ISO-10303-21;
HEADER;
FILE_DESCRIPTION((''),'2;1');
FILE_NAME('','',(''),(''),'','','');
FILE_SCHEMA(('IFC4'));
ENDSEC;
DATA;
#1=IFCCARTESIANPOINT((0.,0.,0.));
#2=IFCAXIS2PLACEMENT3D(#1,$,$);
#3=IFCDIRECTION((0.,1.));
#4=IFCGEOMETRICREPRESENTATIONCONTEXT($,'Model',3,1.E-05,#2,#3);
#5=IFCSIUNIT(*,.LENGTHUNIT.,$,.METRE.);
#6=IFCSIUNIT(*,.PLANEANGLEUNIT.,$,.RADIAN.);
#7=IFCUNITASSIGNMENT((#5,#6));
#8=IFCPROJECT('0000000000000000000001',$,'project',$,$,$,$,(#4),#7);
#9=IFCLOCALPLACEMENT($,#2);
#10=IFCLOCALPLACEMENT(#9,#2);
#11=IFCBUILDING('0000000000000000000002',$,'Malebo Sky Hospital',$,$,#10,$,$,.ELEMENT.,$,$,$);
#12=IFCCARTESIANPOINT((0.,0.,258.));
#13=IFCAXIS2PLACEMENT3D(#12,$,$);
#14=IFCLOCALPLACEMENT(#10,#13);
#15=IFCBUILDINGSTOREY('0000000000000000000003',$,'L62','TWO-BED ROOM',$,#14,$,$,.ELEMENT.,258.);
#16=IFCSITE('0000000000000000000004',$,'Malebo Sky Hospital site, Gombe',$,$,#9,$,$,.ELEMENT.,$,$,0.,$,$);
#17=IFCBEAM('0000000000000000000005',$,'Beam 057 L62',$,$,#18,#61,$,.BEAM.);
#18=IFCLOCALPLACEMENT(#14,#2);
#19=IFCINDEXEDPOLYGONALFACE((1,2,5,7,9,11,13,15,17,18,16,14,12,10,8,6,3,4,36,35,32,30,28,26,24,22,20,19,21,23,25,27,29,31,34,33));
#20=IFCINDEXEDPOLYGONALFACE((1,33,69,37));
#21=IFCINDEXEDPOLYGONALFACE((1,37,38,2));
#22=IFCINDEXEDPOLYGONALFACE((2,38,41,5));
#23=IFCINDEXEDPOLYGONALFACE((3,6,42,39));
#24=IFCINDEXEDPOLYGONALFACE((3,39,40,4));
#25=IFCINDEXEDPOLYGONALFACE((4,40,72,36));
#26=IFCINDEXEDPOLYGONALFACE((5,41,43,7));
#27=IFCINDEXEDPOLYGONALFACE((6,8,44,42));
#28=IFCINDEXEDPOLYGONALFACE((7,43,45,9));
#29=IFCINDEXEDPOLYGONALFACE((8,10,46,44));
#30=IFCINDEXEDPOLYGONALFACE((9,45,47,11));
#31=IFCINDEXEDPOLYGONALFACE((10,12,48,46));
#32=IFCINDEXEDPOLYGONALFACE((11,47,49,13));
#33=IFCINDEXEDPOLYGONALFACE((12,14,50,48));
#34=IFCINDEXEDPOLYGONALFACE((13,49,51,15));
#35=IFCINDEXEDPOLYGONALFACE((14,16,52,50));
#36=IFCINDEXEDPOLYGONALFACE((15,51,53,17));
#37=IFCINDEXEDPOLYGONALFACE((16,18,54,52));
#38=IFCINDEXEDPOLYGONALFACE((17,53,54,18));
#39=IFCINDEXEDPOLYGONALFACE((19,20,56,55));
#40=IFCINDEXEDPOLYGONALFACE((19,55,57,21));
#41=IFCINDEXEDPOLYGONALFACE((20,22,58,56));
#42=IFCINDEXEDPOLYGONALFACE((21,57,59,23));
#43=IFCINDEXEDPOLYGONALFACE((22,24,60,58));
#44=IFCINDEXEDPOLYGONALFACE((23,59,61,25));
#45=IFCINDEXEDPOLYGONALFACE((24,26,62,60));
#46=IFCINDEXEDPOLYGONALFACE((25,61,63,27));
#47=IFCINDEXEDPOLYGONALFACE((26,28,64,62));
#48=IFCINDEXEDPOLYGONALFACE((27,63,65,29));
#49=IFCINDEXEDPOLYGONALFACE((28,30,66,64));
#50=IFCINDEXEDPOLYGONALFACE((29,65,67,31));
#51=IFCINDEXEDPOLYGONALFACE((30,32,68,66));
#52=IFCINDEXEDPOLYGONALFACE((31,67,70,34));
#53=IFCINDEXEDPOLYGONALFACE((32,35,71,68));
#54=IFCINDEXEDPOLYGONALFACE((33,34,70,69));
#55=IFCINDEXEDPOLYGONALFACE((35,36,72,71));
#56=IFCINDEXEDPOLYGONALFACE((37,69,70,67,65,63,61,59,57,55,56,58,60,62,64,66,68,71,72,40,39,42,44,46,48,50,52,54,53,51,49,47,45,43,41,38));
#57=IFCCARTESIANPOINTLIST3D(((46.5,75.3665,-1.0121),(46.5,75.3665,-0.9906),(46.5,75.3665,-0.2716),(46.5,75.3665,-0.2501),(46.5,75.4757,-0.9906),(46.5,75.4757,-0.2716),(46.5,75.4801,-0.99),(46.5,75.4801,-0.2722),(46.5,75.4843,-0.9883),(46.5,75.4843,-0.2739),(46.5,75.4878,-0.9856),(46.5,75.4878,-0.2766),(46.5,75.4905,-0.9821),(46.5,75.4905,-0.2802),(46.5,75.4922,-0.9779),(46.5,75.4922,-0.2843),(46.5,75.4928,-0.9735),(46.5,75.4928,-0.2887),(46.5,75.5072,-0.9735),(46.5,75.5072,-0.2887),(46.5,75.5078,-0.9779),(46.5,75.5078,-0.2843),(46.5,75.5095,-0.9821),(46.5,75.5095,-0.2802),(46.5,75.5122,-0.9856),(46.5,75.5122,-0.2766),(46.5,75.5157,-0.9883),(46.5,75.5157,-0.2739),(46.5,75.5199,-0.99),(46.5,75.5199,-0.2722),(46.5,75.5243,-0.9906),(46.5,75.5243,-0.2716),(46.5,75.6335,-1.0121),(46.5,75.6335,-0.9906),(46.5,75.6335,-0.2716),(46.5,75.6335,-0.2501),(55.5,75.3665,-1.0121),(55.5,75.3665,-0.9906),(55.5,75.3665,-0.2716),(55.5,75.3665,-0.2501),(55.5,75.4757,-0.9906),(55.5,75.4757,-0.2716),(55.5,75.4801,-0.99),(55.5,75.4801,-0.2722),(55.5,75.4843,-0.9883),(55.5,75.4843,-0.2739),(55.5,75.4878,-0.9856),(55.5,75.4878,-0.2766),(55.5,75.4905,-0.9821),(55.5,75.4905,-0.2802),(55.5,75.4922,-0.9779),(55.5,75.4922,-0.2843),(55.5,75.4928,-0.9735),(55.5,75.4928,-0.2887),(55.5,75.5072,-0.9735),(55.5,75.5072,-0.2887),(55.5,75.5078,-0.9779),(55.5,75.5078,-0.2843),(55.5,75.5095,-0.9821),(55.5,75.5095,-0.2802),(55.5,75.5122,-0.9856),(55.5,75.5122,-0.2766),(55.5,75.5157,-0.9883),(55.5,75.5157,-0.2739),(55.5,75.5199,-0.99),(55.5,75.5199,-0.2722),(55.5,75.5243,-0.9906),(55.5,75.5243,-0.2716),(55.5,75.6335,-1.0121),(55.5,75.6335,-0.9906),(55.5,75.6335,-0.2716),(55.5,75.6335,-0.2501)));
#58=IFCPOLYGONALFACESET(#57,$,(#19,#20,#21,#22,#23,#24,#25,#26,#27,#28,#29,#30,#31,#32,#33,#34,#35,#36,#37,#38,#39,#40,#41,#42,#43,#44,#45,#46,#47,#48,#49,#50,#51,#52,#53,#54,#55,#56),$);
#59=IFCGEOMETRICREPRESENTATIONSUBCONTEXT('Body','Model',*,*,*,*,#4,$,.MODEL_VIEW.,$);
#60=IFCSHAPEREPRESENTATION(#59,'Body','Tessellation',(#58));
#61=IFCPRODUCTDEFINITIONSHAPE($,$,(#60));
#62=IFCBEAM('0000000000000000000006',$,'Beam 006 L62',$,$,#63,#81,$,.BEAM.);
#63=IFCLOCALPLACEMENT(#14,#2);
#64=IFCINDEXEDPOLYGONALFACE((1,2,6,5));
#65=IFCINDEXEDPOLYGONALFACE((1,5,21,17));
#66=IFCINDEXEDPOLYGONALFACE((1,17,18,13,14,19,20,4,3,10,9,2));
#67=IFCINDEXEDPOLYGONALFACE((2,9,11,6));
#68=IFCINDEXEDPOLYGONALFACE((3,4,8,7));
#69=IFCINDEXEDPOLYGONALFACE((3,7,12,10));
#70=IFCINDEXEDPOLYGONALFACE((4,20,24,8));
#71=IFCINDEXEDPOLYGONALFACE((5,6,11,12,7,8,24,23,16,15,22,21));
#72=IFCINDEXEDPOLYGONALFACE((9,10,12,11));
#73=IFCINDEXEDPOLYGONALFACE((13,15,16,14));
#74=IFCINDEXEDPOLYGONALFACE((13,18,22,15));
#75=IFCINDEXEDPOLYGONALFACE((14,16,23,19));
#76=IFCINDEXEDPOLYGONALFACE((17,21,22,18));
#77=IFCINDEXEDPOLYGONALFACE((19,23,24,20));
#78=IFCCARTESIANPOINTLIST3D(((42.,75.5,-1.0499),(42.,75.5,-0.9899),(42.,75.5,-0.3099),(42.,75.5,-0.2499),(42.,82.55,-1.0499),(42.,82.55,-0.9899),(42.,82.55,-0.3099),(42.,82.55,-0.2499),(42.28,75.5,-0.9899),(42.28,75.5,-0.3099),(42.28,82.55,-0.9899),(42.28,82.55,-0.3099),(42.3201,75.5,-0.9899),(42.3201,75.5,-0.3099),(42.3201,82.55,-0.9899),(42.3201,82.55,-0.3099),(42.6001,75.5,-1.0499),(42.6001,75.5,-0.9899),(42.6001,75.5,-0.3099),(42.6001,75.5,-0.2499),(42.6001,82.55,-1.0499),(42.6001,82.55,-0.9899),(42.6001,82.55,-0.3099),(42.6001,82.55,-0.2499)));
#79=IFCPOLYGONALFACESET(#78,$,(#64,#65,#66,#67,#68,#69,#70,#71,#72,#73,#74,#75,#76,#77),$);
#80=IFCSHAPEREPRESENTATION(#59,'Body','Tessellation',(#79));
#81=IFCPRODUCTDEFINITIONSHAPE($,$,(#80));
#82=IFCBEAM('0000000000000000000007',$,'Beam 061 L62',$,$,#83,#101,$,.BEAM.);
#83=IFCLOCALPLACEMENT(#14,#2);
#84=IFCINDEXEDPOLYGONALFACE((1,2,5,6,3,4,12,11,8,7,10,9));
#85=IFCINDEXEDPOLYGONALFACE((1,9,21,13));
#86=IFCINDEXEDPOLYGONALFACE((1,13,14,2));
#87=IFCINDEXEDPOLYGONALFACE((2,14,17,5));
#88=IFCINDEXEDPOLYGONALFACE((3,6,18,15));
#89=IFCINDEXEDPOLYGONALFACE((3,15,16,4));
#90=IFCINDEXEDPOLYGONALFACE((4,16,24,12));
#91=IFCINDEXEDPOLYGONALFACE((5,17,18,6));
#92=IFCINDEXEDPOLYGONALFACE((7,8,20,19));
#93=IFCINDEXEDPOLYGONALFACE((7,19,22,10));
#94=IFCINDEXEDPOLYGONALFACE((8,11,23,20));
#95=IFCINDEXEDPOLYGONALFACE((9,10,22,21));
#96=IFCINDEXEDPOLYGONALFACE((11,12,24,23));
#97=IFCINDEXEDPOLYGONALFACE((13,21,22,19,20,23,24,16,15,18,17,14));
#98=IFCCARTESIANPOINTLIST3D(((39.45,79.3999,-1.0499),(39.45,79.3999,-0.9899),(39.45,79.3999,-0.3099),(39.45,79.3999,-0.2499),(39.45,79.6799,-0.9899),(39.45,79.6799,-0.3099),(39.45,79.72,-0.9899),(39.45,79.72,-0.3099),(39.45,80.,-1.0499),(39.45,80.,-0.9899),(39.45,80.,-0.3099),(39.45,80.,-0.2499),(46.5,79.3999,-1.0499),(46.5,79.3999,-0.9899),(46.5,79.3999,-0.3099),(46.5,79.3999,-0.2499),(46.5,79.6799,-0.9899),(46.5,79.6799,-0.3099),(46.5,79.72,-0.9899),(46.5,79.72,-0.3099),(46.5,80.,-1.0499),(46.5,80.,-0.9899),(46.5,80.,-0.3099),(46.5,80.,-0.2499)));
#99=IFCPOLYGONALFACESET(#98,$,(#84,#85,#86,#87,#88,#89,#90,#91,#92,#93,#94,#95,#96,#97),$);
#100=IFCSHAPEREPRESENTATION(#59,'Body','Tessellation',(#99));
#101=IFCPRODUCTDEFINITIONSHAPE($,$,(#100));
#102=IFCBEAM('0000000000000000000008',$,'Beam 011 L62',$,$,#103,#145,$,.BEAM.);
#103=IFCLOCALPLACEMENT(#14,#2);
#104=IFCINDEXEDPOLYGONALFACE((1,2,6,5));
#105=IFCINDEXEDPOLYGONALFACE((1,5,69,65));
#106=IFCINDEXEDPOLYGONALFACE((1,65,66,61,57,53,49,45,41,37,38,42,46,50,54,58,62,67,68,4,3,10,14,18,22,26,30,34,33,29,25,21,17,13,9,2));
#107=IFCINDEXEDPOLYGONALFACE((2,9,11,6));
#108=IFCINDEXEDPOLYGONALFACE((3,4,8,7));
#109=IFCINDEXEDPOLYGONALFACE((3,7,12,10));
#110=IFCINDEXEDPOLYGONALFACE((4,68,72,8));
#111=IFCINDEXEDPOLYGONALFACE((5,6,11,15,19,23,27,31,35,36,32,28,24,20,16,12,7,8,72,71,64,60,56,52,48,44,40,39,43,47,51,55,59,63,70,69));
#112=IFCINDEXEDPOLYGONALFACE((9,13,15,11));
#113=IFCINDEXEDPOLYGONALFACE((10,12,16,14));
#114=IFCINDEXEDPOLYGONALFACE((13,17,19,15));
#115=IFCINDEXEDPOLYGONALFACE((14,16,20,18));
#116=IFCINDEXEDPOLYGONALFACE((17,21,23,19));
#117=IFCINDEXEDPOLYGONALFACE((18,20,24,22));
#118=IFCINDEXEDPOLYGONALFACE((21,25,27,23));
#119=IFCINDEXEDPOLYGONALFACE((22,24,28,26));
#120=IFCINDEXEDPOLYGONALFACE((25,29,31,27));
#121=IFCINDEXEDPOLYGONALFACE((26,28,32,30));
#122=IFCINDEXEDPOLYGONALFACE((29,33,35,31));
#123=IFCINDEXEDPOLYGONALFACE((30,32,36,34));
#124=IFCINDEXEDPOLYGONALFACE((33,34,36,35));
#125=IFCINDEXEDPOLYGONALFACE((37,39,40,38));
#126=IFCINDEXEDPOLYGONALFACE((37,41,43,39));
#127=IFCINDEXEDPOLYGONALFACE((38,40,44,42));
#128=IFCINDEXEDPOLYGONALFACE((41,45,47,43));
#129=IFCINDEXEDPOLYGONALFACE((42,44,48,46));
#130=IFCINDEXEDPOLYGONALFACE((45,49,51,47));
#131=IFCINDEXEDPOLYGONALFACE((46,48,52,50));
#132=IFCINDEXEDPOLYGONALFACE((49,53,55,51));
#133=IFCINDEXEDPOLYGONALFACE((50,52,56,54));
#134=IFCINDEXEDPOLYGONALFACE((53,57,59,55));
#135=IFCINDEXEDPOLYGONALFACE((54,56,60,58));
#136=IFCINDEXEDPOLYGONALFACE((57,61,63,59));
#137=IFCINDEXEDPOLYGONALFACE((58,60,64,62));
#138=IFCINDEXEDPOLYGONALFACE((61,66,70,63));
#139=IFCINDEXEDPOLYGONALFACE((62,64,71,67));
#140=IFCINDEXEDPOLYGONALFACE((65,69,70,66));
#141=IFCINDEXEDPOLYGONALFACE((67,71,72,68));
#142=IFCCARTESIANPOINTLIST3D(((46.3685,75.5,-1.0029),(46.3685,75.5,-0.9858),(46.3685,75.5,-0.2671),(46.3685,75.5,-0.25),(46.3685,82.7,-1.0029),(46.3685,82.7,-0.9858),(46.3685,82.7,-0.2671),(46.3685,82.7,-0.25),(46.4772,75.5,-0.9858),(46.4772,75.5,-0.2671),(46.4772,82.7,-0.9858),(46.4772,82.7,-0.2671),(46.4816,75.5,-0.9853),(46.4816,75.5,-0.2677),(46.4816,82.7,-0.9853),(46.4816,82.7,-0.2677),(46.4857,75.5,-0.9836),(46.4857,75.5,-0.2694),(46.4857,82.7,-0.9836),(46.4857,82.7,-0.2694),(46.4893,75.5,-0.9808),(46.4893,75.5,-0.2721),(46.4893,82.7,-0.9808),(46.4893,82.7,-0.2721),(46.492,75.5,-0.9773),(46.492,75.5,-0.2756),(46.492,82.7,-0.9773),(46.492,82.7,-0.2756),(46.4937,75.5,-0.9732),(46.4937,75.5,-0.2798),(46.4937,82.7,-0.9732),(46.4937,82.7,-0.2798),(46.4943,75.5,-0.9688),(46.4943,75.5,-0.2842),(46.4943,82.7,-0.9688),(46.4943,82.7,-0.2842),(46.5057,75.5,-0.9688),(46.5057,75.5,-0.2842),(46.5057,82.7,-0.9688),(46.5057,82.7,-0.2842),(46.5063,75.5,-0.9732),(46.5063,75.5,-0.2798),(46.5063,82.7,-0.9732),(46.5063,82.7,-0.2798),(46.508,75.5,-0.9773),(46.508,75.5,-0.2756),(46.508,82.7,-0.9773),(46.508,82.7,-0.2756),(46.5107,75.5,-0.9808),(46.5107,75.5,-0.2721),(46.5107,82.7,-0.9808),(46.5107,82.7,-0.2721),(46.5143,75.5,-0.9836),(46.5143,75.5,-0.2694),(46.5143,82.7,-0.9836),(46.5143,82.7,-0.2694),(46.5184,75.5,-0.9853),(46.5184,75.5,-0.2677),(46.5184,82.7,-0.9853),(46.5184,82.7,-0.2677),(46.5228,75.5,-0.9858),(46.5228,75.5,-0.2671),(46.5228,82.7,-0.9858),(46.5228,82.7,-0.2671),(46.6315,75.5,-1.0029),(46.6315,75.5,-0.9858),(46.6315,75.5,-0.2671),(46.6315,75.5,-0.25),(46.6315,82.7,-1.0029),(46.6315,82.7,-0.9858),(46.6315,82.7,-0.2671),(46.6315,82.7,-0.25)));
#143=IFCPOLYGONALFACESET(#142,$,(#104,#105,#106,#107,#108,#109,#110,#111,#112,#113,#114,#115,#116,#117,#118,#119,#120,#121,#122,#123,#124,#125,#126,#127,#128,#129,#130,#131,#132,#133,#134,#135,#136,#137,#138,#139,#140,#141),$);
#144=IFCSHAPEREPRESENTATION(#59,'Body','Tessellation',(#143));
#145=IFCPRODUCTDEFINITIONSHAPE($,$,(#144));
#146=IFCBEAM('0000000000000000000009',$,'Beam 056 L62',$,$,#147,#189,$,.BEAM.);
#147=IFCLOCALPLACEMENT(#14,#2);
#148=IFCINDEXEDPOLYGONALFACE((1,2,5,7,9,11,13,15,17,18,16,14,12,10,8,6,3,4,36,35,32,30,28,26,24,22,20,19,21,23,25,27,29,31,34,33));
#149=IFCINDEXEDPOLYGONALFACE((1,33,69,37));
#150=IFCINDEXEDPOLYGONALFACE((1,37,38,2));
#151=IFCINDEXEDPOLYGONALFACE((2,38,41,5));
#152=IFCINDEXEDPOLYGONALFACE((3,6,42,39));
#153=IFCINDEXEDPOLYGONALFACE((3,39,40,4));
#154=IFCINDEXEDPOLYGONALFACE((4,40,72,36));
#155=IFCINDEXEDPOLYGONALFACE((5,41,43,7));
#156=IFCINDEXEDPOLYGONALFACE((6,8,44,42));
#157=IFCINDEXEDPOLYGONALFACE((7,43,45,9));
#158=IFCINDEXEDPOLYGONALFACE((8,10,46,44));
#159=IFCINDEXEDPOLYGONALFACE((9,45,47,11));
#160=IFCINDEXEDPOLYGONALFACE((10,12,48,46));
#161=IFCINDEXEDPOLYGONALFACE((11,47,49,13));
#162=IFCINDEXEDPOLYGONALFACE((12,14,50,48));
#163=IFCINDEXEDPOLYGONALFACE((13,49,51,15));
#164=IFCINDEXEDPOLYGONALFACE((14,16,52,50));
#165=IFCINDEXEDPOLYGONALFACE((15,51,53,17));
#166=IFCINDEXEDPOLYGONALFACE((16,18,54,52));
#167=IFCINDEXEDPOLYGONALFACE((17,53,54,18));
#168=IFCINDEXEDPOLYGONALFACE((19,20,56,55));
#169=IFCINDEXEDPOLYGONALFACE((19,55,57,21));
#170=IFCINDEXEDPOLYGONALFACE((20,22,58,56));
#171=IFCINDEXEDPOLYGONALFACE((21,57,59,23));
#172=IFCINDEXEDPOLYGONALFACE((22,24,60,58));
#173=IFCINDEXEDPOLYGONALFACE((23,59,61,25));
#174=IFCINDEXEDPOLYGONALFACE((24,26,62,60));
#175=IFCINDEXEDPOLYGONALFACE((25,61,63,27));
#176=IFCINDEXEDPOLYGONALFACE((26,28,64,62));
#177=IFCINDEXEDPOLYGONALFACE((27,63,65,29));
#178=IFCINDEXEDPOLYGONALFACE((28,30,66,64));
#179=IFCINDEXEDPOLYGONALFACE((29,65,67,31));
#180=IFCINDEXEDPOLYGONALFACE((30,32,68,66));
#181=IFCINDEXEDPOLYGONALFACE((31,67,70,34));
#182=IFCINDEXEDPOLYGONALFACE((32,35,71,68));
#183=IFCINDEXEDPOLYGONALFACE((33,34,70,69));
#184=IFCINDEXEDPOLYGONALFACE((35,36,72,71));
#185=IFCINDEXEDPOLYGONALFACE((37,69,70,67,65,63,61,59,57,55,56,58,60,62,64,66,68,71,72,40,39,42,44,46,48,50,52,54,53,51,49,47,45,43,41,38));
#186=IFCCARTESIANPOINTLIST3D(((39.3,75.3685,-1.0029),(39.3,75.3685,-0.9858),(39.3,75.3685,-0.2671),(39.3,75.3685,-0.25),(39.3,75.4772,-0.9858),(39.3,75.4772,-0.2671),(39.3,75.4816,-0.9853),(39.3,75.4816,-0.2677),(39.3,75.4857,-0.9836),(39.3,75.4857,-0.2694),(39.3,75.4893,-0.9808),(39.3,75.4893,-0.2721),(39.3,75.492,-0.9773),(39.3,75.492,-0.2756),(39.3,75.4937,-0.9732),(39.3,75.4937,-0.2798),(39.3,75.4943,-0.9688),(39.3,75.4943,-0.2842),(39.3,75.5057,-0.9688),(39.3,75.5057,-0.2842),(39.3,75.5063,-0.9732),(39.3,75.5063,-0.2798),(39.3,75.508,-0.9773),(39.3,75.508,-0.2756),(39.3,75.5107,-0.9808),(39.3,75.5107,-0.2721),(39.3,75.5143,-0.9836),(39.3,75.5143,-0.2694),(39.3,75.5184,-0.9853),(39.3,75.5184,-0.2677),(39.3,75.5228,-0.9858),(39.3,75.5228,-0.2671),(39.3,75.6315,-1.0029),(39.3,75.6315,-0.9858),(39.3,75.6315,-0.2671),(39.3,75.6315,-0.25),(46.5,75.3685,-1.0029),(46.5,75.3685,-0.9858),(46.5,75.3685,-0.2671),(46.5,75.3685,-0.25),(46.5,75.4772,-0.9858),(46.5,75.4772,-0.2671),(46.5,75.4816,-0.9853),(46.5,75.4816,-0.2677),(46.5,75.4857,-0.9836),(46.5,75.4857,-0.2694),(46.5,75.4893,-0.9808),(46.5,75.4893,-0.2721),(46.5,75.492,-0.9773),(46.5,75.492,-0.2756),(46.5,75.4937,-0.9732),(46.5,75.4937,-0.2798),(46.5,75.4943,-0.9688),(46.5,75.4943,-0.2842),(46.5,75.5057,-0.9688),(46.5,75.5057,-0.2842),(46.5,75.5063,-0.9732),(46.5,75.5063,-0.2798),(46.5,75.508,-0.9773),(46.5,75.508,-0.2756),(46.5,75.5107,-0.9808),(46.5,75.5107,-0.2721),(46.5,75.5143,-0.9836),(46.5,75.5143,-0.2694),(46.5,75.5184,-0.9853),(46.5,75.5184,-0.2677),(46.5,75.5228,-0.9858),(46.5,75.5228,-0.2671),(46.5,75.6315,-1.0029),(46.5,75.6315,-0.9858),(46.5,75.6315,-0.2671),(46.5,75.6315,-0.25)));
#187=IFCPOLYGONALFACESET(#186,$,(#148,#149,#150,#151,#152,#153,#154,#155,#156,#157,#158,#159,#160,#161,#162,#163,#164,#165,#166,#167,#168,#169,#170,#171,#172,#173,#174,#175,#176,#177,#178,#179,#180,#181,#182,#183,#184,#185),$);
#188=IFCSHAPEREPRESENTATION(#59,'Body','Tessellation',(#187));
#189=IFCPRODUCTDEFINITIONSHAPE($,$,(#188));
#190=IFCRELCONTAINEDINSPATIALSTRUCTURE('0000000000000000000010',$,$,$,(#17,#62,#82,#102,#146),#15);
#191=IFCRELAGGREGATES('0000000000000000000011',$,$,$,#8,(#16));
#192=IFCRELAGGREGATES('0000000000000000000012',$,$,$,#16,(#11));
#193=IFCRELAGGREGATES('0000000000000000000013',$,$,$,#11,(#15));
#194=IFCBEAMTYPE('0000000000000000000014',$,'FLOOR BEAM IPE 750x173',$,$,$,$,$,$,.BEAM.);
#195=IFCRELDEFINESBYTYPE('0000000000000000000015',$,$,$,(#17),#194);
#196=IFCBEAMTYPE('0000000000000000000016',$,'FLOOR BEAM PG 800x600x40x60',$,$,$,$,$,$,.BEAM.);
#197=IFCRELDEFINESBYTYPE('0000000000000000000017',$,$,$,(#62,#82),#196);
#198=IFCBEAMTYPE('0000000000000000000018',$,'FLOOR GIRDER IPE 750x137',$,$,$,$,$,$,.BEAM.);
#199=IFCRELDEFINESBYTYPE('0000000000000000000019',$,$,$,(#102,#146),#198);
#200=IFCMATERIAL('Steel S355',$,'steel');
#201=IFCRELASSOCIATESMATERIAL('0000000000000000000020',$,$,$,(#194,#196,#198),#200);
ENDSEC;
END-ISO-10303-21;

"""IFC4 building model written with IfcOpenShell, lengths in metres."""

from ifc_helpers import new_model, si_unit, direction, frame, origin, origin_2d, place, context, subcontext, project, spatial, i_section, extrude, material, material_profile, profile_set, type_object, element, save


model = new_model("IFC4")

# Units and contexts
model_context = context("Model", 3, precision=1e-05, world=origin(), true_north=direction((0.0, 1.0)))
body_context = subcontext(model_context, "Body", "Model", "MODEL_VIEW")
ifc_project = project(units=[si_unit("LENGTHUNIT", "METRE"), si_unit("PLANEANGLEUNIT", "RADIAN")], contexts=[model_context])

# Site, building, storey
site_placement = place(None, origin())
site = spatial("IfcSite", under=ifc_project, at=site_placement, Name="Malebo Sky Hospital site, Gombe", CompositionType="ELEMENT", RefElevation=0.0)
building_placement = place(site_placement, origin())
building = spatial("IfcBuilding", under=site, at=building_placement, Name="Malebo Sky Hospital", CompositionType="ELEMENT")
storey_placement = place(building_placement, frame((0.0, 0.0, 258.0)))
storey = spatial("IfcBuildingStorey", under=building, at=storey_placement, Name="L62", Description="TWO-BED ROOM", CompositionType="ELEMENT", Elevation=258.0)

# Beams
ifc_material_1 = material(Name="Steel S355", Category="steel")
ifc_material_profile_1 = material_profile(ifc_material_1, i_section(OverallWidth=0.2671, OverallDepth=0.762, WebThickness=0.0144, FlangeThickness=0.0215, FilletRadius=0.0171, at=origin_2d()), Name="IPE 750x173")
ifc_profile_set_1 = profile_set([ifc_material_profile_1], Name="Steel S355")
beam_type_1 = type_object("IfcBeamType", Name="FLOOR BEAM IPE 750x173", PredefinedType="BEAM", material=ifc_profile_set_1)
beam_1_placement = place(storey_placement, frame((46.5, 75.5, -0.6311), z_axis=(1.0, 0.0, 0.0), x_axis=(0.0, 1.0, 0.0)))
element("IfcBeam", 1, at=beam_1_placement, inside=storey, type_object=beam_type_1, Name="Beam 057 L62", PredefinedType="BEAM", context=body_context, shape_type="SweptSolid", body=[
    extrude(i_section(OverallWidth=0.2671, OverallDepth=0.762, WebThickness=0.0144, FlangeThickness=0.0215, FilletRadius=0.0171, at=origin_2d()), origin(), (0.0, 0.0, 1.0), 9.0),
])
ifc_material_profile_2 = material_profile(ifc_material_1, i_section(OverallWidth=0.6001, OverallDepth=0.8, WebThickness=0.04, FlangeThickness=0.0601, at=origin_2d()), Name="PG 800x600x40x60")
ifc_profile_set_2 = profile_set([ifc_material_profile_2], Name="Steel S355")
beam_type_2 = type_object("IfcBeamType", Name="FLOOR BEAM PG 800x600x40x60", PredefinedType="BEAM", material=ifc_profile_set_2)
for number, where, z_axis, x_axis, name in (
    (2, (42.3, 75.5, -0.6499), (0.0, 1.0, 0.0), (-1.0, 0.0, 0.0), "Beam 006 L62"),
    (3, (39.45, 79.7, -0.6499), (1.0, 0.0, 0.0), (0.0, 1.0, 0.0), "Beam 061 L62"),
):
    element("IfcBeam", number, at=place(storey_placement, frame(where, z_axis=z_axis, x_axis=x_axis)), inside=storey, type_object=beam_type_2, Name=name, PredefinedType="BEAM", context=body_context, shape_type="SweptSolid", body=[
        extrude(i_section(OverallWidth=0.6001, OverallDepth=0.8, WebThickness=0.04, FlangeThickness=0.0601, at=origin_2d()), origin(), (0.0, 0.0, 1.0), 7.05),
    ])
ifc_material_profile_3 = material_profile(ifc_material_1, i_section(OverallWidth=0.2629, OverallDepth=0.7529, WebThickness=0.0115, FlangeThickness=0.0171, FilletRadius=0.0171, at=origin_2d()), Name="IPE 750x137")
ifc_profile_set_3 = profile_set([ifc_material_profile_3], Name="Steel S355")
beam_type_3 = type_object("IfcBeamType", Name="FLOOR GIRDER IPE 750x137", PredefinedType="BEAM", material=ifc_profile_set_3)
for number, where, z_axis, x_axis, name in (
    (4, (46.5, 75.5, -0.6265), (0.0, 1.0, 0.0), (-1.0, 0.0, 0.0), "Beam 011 L62"),
    (5, (39.3, 75.5, -0.6265), (1.0, 0.0, 0.0), (0.0, 1.0, 0.0), "Beam 056 L62"),
):
    element("IfcBeam", number, at=place(storey_placement, frame(where, z_axis=z_axis, x_axis=x_axis)), inside=storey, type_object=beam_type_3, Name=name, PredefinedType="BEAM", context=body_context, shape_type="SweptSolid", body=[
        extrude(i_section(OverallWidth=0.2629, OverallDepth=0.7529, WebThickness=0.0115, FlangeThickness=0.0171, FilletRadius=0.0171, at=origin_2d()), origin(), (0.0, 0.0, 1.0), 7.2),
    ])

save(model, "model.ifc")
